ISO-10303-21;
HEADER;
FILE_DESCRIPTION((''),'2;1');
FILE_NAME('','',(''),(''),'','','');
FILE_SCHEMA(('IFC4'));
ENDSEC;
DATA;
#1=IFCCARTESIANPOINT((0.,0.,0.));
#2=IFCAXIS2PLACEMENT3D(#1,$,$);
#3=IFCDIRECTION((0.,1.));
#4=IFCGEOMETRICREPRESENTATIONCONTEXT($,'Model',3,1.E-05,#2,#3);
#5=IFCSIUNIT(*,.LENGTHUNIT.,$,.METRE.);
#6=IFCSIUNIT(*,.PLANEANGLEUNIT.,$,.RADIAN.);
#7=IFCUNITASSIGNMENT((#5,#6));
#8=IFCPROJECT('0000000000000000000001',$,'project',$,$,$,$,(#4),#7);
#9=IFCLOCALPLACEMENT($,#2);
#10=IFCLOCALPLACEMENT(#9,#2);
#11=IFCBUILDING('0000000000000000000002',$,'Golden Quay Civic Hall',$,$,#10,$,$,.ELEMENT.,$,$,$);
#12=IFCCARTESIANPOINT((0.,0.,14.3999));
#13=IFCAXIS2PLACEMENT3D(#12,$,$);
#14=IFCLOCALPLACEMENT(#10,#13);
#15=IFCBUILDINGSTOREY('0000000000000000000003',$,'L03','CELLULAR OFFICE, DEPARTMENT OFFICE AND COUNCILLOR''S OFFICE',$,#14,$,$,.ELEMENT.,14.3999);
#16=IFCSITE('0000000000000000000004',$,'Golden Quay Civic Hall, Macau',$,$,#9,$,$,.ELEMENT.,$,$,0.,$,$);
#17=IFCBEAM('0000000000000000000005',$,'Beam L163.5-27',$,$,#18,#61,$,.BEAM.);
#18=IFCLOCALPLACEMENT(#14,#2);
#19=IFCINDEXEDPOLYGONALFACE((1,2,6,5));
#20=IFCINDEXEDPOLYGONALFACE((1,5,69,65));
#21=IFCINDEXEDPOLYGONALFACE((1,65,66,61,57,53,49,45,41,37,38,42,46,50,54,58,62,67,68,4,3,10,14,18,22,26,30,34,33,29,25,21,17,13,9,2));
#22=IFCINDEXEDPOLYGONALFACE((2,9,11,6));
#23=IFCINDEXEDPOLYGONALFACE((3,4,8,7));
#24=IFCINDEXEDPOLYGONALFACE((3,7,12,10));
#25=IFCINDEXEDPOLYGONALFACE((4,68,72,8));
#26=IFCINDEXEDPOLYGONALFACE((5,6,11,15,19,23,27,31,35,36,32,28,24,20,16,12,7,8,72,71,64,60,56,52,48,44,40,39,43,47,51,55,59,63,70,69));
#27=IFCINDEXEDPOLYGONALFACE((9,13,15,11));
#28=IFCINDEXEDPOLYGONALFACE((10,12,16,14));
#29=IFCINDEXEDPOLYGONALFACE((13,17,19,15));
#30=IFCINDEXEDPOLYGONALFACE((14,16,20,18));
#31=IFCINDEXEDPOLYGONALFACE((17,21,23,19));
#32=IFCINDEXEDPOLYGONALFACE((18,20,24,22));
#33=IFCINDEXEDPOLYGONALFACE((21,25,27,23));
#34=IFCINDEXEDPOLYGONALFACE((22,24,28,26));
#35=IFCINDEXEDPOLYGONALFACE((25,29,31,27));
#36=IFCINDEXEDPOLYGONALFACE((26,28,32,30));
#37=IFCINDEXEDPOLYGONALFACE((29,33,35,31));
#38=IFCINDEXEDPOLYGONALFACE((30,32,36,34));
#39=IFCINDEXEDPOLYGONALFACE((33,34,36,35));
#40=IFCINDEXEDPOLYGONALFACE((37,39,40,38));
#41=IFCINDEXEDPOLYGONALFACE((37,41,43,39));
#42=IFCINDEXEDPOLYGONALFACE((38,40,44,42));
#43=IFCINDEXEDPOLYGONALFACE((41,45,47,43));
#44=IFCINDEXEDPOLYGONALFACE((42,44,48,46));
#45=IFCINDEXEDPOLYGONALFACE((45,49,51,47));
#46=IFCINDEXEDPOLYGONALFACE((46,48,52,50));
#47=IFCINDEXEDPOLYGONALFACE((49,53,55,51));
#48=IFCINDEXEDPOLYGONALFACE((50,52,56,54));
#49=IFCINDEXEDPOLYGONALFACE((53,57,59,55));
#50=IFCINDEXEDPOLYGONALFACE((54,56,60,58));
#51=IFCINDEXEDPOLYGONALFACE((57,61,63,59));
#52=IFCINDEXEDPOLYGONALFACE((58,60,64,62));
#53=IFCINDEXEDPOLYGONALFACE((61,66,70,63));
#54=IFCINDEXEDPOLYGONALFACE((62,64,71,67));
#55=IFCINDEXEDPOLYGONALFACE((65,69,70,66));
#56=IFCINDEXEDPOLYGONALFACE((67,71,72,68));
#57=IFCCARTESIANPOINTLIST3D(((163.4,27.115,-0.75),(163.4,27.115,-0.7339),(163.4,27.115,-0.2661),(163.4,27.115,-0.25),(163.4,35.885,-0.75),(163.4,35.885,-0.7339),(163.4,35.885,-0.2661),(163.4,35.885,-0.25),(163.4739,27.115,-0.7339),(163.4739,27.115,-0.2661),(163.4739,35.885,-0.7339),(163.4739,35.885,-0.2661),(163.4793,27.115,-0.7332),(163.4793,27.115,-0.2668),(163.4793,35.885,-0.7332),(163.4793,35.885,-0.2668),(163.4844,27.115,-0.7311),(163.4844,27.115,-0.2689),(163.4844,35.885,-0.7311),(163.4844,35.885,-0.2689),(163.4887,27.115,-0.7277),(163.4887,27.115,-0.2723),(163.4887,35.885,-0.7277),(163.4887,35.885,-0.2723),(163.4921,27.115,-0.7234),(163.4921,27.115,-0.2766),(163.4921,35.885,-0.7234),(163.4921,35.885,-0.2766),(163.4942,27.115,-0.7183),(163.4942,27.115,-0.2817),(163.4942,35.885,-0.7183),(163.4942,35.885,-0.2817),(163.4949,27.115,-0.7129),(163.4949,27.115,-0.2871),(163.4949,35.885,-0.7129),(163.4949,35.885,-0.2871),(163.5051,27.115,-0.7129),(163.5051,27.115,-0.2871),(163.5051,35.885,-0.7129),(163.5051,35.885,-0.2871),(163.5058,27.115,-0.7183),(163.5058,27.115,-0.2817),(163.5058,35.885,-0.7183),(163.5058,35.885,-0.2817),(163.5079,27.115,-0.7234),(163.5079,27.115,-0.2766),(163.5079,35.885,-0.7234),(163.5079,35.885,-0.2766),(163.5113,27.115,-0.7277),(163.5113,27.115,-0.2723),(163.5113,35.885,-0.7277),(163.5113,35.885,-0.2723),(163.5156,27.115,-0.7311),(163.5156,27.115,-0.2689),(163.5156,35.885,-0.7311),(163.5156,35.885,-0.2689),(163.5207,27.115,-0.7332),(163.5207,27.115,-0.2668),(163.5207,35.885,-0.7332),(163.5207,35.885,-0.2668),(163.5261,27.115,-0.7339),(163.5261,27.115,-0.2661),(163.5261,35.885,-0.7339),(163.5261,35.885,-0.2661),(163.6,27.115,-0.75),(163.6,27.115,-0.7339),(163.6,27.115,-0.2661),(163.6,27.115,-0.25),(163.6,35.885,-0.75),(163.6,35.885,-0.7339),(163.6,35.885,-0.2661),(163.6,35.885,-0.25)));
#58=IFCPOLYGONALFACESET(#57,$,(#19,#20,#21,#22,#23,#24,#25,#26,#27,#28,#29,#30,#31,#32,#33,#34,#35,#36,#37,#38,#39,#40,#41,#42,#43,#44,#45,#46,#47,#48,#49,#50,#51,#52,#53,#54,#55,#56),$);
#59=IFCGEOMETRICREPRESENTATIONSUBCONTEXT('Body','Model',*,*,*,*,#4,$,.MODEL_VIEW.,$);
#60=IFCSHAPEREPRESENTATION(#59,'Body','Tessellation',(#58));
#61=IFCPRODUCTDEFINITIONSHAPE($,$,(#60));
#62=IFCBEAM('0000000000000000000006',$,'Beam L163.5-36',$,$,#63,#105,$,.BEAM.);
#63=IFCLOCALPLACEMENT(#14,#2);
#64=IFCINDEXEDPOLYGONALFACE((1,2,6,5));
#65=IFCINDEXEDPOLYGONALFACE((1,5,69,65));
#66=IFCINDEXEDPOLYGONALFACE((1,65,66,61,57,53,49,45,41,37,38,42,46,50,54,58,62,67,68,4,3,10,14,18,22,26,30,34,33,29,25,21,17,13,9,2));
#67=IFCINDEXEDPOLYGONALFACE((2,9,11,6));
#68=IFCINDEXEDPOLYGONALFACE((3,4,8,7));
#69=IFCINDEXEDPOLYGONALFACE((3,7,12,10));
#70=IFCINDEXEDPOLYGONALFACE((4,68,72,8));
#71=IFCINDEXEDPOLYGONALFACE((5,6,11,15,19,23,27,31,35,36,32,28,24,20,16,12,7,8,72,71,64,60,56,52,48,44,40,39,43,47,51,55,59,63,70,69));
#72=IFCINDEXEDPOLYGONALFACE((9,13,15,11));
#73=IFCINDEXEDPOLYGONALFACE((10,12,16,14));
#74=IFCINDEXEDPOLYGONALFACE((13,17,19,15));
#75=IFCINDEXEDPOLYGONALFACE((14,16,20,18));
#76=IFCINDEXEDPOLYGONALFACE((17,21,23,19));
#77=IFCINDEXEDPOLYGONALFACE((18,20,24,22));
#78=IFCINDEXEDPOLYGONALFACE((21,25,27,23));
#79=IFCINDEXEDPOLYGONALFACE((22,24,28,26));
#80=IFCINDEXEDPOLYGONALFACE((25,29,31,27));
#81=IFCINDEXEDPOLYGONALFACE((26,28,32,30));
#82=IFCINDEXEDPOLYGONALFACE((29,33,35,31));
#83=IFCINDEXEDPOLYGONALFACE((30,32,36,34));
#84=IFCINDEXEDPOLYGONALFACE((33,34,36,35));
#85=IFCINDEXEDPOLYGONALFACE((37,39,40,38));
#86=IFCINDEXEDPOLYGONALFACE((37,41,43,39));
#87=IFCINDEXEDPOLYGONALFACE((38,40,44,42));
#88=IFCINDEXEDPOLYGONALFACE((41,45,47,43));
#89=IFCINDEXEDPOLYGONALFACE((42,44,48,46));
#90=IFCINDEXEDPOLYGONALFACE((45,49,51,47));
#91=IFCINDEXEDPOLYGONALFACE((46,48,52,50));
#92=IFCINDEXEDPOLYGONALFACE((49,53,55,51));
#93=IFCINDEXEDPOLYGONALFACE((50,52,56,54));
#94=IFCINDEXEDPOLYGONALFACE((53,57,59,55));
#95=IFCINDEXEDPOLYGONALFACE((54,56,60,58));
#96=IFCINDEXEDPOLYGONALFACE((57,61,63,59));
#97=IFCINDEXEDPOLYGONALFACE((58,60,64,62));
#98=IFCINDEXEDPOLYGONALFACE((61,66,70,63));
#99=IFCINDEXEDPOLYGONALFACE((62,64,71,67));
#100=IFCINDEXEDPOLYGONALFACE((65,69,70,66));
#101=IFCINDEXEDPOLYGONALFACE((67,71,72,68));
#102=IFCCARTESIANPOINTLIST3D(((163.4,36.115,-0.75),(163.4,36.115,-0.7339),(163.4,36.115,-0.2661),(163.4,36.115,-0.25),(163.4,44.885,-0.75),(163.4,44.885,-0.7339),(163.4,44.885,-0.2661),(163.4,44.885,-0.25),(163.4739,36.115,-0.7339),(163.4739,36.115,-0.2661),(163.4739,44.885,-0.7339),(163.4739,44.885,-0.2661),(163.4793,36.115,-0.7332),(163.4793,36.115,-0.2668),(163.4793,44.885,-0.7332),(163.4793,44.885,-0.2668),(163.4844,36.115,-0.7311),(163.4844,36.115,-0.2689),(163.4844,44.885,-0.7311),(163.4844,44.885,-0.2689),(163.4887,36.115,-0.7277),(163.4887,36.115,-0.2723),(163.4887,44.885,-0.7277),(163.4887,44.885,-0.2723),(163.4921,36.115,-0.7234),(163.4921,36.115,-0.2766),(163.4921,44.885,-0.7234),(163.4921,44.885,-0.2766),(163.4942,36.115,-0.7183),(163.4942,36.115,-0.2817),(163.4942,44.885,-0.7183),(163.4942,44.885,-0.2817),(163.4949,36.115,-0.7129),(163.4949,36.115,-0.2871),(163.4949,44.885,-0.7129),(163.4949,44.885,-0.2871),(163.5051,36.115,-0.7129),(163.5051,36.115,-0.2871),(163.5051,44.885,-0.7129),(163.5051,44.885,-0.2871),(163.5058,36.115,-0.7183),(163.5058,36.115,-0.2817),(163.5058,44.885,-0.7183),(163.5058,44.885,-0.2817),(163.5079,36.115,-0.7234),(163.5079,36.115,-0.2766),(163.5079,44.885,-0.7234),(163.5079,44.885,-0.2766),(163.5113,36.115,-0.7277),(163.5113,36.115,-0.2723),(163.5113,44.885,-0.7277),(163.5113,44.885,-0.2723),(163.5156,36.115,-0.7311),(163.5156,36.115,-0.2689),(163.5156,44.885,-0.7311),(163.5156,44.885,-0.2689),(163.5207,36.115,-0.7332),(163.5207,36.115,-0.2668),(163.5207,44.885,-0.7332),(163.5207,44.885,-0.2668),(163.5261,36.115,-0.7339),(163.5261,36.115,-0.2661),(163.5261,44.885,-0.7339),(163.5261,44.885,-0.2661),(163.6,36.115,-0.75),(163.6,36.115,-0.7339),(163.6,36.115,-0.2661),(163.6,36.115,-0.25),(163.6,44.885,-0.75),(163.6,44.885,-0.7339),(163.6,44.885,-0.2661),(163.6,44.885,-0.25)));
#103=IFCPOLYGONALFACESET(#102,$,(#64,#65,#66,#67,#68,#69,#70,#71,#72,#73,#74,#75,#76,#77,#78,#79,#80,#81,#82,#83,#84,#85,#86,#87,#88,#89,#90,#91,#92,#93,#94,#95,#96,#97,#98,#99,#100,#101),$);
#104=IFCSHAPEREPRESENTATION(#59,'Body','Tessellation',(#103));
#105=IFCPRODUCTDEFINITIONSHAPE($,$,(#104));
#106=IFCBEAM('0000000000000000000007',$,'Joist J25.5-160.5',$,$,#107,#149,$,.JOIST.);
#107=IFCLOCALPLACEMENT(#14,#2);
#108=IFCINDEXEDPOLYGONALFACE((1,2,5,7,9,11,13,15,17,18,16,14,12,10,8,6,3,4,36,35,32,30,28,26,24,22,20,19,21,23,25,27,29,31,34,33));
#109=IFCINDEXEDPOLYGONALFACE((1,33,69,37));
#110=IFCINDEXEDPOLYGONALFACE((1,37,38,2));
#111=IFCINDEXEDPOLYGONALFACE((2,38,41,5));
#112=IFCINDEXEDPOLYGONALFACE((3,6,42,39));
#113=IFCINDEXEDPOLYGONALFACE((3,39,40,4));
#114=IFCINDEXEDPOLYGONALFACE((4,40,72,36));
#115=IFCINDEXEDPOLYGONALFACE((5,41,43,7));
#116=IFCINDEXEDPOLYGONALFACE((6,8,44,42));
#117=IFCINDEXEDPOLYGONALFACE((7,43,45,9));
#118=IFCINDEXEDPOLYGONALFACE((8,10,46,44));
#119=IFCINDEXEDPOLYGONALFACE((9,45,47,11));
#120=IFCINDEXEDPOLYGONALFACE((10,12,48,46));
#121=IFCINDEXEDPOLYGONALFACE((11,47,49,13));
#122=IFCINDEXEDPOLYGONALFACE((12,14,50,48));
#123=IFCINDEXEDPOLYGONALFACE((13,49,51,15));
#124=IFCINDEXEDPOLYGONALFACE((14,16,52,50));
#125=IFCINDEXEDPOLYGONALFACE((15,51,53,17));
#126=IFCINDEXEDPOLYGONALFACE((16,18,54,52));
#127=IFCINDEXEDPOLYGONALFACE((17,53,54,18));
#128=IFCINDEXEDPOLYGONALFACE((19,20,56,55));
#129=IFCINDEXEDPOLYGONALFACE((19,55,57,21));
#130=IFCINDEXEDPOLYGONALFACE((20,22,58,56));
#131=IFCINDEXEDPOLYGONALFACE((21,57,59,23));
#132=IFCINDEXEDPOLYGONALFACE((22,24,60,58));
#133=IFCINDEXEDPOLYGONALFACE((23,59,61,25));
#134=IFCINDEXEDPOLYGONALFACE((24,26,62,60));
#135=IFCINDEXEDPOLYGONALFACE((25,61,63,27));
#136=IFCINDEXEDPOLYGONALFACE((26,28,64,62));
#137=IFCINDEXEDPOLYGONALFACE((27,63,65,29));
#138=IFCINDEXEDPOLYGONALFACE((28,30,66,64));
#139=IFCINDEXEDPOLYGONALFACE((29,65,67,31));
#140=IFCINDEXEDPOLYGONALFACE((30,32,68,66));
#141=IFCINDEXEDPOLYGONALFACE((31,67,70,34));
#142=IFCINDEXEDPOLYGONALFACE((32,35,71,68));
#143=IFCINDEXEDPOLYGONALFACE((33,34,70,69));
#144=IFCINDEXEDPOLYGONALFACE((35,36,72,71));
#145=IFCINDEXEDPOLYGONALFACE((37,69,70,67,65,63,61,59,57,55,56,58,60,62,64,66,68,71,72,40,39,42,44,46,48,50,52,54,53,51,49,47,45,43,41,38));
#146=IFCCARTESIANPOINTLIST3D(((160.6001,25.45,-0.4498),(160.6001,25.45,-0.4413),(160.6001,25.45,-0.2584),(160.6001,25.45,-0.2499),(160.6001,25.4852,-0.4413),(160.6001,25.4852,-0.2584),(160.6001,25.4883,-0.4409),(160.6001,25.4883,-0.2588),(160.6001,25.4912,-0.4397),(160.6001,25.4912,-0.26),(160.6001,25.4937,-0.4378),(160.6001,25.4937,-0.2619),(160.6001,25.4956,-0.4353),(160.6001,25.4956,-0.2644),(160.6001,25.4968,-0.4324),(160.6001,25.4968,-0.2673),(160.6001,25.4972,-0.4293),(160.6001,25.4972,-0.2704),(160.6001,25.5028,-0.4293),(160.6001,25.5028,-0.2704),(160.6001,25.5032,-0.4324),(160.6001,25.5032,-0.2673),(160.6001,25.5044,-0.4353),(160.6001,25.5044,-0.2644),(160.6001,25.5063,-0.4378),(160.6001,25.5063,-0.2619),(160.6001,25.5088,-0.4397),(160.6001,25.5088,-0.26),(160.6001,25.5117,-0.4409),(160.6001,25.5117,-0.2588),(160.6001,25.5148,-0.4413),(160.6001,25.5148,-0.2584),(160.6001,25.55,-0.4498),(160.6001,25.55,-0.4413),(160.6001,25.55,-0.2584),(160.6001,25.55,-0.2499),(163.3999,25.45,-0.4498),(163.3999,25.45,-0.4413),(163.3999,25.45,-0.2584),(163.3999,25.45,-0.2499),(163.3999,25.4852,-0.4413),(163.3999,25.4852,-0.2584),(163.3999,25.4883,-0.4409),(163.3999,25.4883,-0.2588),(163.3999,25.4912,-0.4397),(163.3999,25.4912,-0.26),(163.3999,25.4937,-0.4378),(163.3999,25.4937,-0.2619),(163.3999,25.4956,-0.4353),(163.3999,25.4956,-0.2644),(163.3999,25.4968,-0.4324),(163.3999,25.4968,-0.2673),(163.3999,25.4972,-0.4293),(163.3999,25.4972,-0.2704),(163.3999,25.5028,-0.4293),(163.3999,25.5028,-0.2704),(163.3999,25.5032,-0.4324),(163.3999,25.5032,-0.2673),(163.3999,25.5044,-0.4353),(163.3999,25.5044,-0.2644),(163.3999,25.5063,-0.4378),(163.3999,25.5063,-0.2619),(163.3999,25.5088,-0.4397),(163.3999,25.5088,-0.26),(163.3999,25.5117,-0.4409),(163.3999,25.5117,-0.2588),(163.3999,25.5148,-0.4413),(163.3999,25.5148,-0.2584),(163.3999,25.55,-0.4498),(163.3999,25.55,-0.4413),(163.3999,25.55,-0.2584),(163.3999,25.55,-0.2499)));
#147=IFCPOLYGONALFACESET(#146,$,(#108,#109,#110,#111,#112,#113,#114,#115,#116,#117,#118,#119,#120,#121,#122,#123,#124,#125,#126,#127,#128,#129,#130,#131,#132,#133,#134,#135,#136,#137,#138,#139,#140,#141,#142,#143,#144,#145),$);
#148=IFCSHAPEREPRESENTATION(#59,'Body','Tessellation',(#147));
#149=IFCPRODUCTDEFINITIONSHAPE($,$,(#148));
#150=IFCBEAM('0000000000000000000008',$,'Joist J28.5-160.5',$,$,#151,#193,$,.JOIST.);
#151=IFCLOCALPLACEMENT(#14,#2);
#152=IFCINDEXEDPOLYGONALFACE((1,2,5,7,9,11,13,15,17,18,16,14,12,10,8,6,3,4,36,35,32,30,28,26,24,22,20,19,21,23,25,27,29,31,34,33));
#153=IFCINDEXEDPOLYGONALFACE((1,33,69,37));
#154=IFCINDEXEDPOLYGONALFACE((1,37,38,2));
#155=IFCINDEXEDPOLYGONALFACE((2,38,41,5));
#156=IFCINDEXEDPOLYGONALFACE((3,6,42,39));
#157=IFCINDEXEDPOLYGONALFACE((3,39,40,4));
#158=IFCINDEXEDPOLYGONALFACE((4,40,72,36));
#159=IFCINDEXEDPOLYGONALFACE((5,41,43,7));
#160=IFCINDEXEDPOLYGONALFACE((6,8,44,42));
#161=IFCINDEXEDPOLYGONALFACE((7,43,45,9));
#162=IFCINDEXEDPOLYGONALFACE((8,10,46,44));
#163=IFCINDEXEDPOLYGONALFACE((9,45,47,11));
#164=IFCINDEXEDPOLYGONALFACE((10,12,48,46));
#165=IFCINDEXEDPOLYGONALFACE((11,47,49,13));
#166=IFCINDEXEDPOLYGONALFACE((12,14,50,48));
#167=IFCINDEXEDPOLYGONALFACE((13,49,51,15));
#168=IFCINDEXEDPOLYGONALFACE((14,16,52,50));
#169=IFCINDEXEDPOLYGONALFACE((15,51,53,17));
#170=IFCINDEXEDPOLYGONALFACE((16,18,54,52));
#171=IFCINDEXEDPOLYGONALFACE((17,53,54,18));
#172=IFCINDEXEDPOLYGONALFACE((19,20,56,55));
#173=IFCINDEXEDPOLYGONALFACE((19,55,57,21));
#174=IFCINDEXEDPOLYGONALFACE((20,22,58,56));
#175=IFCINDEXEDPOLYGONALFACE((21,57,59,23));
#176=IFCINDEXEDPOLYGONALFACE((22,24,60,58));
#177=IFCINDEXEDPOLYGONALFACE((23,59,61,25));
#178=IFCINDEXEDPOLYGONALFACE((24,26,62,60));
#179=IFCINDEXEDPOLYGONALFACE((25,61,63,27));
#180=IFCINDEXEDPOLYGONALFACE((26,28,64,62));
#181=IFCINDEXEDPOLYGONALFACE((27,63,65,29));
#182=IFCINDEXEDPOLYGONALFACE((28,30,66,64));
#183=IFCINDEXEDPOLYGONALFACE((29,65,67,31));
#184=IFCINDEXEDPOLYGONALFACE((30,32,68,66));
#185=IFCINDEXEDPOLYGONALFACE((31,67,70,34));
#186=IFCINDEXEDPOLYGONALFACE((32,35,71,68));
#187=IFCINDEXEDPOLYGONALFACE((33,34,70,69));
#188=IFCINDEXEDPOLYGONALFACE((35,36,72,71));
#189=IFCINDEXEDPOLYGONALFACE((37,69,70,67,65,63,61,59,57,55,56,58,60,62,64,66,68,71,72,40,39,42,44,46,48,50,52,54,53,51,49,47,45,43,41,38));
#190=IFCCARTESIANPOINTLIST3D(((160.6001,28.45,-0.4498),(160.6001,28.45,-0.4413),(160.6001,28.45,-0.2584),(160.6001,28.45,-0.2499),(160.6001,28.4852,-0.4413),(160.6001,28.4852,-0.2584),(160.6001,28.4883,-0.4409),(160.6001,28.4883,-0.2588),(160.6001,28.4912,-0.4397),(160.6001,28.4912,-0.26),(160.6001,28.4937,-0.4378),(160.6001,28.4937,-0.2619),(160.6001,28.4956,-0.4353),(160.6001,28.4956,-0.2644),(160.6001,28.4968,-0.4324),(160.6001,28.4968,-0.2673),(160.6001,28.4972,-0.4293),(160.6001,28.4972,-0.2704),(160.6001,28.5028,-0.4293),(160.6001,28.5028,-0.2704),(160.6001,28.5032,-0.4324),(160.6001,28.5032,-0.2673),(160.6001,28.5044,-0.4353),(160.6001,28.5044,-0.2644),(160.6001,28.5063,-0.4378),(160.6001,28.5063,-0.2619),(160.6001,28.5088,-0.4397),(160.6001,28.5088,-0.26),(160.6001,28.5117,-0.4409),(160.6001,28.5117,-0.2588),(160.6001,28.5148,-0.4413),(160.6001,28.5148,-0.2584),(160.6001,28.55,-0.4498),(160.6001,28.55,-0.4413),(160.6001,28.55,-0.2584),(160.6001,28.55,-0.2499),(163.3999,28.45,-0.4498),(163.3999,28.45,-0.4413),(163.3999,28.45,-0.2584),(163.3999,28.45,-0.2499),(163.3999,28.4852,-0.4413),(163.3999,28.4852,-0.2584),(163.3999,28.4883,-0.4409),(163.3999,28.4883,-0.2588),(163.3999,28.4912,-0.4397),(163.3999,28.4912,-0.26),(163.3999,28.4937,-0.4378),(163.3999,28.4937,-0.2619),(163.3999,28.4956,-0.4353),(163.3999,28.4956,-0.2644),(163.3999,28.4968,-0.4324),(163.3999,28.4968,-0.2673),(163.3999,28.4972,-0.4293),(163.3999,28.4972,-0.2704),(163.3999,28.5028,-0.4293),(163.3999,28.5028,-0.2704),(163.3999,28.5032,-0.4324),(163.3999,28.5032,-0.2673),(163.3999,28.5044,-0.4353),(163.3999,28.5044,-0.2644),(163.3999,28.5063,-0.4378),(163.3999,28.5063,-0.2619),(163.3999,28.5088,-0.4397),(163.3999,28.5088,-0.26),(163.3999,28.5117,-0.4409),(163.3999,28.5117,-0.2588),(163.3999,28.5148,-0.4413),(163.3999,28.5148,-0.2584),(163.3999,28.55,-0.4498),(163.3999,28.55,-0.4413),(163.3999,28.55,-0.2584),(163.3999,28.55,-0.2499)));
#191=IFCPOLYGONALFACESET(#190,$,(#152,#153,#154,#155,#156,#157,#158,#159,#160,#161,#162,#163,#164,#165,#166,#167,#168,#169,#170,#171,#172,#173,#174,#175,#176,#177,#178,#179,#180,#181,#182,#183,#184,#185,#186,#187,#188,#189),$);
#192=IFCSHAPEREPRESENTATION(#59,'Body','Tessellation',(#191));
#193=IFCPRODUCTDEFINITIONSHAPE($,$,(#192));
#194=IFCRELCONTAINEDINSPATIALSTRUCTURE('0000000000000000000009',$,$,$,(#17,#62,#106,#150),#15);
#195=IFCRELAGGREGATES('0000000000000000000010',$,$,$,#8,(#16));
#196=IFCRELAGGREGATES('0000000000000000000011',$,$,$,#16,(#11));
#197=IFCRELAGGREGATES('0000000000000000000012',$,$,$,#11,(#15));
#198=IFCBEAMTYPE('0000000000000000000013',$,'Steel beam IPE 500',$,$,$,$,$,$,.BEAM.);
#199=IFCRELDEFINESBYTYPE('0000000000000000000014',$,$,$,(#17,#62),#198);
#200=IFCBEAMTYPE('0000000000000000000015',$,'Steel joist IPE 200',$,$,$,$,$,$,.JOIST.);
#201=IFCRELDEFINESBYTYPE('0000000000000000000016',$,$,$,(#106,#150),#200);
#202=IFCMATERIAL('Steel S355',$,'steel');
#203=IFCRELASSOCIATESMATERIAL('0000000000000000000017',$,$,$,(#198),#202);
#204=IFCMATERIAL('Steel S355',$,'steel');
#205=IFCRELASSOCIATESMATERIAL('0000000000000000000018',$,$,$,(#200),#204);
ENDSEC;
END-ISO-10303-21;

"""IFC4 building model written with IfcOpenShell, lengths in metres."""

from ifc_helpers import new_model, si_unit, direction, frame, origin, origin_2d, place, context, subcontext, project, spatial, i_section, extrude, material, material_profile, profile_set, type_object, element, save


model = new_model("IFC4")

# Units and contexts
model_context = context("Model", 3, precision=1e-05, world=origin(), true_north=direction((0.0, 1.0)))
body_context = subcontext(model_context, "Body", "Model", "MODEL_VIEW")
ifc_project = project(units=[si_unit("LENGTHUNIT", "METRE"), si_unit("PLANEANGLEUNIT", "RADIAN")], contexts=[model_context])

# Site, building, storey
site_placement = place(None, origin())
site = spatial("IfcSite", under=ifc_project, at=site_placement, Name="Golden Quay Civic Hall, Macau", CompositionType="ELEMENT", RefElevation=0.0)
building_placement = place(site_placement, origin())
building = spatial("IfcBuilding", under=site, at=building_placement, Name="Golden Quay Civic Hall", CompositionType="ELEMENT")
storey_placement = place(building_placement, frame((0.0, 0.0, 14.3999)))
storey = spatial("IfcBuildingStorey", under=building, at=storey_placement, Name="L03", Description="CELLULAR OFFICE, DEPARTMENT OFFICE AND COUNCILLOR'S OFFICE", CompositionType="ELEMENT", Elevation=14.3999)

# Beams
ifc_material_1 = material(Name="Steel S355", Category="steel")
ifc_material_profile_1 = material_profile(ifc_material_1, i_section(OverallWidth=0.2, OverallDepth=0.5, WebThickness=0.0103, FlangeThickness=0.0161, FilletRadius=0.021, at=origin_2d()), Name="IPE 500")
ifc_profile_set_1 = profile_set([ifc_material_profile_1], Name="Steel S355")
beam_type_1 = type_object("IfcBeamType", Name="Steel beam IPE 500", PredefinedType="BEAM", material=ifc_profile_set_1)
for number, where, z_axis, x_axis, name in (
    (1, (163.5, 27.115, -0.5), (0.0, 1.0, 0.0), (-1.0, 0.0, 0.0), "Beam L163.5-27"),
    (2, (163.5, 36.115, -0.5), (0.0, 1.0, 0.0), (-1.0, 0.0, 0.0), "Beam L163.5-36"),
):
    element("IfcBeam", number, at=place(storey_placement, frame(where, z_axis=z_axis, x_axis=x_axis)), inside=storey, type_object=beam_type_1, Name=name, PredefinedType="BEAM", context=body_context, shape_type="SweptSolid", body=[
        extrude(i_section(OverallWidth=0.2, OverallDepth=0.5, WebThickness=0.0103, FlangeThickness=0.0161, FilletRadius=0.021, at=origin_2d()), origin(), (0.0, 0.0, 1.0), 8.77),
    ])
ifc_material_2 = material(Name="Steel S355", Category="steel")
ifc_material_profile_2 = material_profile(ifc_material_2, i_section(OverallWidth=0.1001, OverallDepth=0.2, WebThickness=0.0056, FlangeThickness=0.0085, FilletRadius=0.012, at=origin_2d()), Name="IPE 200")
ifc_profile_set_2 = profile_set([ifc_material_profile_2], Name="Steel S355")
beam_type_2 = type_object("IfcBeamType", Name="Steel joist IPE 200", PredefinedType="JOIST", material=ifc_profile_set_2)
for number, where, z_axis, x_axis, name in (
    (3, (160.6001, 25.5, -0.3499), (1.0, 0.0, 0.0), (0.0, 1.0, 0.0), "Joist J25.5-160.5"),
    (4, (160.6001, 28.5, -0.3499), (1.0, 0.0, 0.0), (0.0, 1.0, 0.0), "Joist J28.5-160.5"),
):
    element("IfcBeam", number, at=place(storey_placement, frame(where, z_axis=z_axis, x_axis=x_axis)), inside=storey, type_object=beam_type_2, Name=name, PredefinedType="JOIST", context=body_context, shape_type="SweptSolid", body=[
        extrude(i_section(OverallWidth=0.1001, OverallDepth=0.2, WebThickness=0.0056, FlangeThickness=0.0085, FilletRadius=0.012, at=origin_2d()), origin(), (0.0, 0.0, 1.0), 2.7998),
    ])

save(model, "model.ifc")
